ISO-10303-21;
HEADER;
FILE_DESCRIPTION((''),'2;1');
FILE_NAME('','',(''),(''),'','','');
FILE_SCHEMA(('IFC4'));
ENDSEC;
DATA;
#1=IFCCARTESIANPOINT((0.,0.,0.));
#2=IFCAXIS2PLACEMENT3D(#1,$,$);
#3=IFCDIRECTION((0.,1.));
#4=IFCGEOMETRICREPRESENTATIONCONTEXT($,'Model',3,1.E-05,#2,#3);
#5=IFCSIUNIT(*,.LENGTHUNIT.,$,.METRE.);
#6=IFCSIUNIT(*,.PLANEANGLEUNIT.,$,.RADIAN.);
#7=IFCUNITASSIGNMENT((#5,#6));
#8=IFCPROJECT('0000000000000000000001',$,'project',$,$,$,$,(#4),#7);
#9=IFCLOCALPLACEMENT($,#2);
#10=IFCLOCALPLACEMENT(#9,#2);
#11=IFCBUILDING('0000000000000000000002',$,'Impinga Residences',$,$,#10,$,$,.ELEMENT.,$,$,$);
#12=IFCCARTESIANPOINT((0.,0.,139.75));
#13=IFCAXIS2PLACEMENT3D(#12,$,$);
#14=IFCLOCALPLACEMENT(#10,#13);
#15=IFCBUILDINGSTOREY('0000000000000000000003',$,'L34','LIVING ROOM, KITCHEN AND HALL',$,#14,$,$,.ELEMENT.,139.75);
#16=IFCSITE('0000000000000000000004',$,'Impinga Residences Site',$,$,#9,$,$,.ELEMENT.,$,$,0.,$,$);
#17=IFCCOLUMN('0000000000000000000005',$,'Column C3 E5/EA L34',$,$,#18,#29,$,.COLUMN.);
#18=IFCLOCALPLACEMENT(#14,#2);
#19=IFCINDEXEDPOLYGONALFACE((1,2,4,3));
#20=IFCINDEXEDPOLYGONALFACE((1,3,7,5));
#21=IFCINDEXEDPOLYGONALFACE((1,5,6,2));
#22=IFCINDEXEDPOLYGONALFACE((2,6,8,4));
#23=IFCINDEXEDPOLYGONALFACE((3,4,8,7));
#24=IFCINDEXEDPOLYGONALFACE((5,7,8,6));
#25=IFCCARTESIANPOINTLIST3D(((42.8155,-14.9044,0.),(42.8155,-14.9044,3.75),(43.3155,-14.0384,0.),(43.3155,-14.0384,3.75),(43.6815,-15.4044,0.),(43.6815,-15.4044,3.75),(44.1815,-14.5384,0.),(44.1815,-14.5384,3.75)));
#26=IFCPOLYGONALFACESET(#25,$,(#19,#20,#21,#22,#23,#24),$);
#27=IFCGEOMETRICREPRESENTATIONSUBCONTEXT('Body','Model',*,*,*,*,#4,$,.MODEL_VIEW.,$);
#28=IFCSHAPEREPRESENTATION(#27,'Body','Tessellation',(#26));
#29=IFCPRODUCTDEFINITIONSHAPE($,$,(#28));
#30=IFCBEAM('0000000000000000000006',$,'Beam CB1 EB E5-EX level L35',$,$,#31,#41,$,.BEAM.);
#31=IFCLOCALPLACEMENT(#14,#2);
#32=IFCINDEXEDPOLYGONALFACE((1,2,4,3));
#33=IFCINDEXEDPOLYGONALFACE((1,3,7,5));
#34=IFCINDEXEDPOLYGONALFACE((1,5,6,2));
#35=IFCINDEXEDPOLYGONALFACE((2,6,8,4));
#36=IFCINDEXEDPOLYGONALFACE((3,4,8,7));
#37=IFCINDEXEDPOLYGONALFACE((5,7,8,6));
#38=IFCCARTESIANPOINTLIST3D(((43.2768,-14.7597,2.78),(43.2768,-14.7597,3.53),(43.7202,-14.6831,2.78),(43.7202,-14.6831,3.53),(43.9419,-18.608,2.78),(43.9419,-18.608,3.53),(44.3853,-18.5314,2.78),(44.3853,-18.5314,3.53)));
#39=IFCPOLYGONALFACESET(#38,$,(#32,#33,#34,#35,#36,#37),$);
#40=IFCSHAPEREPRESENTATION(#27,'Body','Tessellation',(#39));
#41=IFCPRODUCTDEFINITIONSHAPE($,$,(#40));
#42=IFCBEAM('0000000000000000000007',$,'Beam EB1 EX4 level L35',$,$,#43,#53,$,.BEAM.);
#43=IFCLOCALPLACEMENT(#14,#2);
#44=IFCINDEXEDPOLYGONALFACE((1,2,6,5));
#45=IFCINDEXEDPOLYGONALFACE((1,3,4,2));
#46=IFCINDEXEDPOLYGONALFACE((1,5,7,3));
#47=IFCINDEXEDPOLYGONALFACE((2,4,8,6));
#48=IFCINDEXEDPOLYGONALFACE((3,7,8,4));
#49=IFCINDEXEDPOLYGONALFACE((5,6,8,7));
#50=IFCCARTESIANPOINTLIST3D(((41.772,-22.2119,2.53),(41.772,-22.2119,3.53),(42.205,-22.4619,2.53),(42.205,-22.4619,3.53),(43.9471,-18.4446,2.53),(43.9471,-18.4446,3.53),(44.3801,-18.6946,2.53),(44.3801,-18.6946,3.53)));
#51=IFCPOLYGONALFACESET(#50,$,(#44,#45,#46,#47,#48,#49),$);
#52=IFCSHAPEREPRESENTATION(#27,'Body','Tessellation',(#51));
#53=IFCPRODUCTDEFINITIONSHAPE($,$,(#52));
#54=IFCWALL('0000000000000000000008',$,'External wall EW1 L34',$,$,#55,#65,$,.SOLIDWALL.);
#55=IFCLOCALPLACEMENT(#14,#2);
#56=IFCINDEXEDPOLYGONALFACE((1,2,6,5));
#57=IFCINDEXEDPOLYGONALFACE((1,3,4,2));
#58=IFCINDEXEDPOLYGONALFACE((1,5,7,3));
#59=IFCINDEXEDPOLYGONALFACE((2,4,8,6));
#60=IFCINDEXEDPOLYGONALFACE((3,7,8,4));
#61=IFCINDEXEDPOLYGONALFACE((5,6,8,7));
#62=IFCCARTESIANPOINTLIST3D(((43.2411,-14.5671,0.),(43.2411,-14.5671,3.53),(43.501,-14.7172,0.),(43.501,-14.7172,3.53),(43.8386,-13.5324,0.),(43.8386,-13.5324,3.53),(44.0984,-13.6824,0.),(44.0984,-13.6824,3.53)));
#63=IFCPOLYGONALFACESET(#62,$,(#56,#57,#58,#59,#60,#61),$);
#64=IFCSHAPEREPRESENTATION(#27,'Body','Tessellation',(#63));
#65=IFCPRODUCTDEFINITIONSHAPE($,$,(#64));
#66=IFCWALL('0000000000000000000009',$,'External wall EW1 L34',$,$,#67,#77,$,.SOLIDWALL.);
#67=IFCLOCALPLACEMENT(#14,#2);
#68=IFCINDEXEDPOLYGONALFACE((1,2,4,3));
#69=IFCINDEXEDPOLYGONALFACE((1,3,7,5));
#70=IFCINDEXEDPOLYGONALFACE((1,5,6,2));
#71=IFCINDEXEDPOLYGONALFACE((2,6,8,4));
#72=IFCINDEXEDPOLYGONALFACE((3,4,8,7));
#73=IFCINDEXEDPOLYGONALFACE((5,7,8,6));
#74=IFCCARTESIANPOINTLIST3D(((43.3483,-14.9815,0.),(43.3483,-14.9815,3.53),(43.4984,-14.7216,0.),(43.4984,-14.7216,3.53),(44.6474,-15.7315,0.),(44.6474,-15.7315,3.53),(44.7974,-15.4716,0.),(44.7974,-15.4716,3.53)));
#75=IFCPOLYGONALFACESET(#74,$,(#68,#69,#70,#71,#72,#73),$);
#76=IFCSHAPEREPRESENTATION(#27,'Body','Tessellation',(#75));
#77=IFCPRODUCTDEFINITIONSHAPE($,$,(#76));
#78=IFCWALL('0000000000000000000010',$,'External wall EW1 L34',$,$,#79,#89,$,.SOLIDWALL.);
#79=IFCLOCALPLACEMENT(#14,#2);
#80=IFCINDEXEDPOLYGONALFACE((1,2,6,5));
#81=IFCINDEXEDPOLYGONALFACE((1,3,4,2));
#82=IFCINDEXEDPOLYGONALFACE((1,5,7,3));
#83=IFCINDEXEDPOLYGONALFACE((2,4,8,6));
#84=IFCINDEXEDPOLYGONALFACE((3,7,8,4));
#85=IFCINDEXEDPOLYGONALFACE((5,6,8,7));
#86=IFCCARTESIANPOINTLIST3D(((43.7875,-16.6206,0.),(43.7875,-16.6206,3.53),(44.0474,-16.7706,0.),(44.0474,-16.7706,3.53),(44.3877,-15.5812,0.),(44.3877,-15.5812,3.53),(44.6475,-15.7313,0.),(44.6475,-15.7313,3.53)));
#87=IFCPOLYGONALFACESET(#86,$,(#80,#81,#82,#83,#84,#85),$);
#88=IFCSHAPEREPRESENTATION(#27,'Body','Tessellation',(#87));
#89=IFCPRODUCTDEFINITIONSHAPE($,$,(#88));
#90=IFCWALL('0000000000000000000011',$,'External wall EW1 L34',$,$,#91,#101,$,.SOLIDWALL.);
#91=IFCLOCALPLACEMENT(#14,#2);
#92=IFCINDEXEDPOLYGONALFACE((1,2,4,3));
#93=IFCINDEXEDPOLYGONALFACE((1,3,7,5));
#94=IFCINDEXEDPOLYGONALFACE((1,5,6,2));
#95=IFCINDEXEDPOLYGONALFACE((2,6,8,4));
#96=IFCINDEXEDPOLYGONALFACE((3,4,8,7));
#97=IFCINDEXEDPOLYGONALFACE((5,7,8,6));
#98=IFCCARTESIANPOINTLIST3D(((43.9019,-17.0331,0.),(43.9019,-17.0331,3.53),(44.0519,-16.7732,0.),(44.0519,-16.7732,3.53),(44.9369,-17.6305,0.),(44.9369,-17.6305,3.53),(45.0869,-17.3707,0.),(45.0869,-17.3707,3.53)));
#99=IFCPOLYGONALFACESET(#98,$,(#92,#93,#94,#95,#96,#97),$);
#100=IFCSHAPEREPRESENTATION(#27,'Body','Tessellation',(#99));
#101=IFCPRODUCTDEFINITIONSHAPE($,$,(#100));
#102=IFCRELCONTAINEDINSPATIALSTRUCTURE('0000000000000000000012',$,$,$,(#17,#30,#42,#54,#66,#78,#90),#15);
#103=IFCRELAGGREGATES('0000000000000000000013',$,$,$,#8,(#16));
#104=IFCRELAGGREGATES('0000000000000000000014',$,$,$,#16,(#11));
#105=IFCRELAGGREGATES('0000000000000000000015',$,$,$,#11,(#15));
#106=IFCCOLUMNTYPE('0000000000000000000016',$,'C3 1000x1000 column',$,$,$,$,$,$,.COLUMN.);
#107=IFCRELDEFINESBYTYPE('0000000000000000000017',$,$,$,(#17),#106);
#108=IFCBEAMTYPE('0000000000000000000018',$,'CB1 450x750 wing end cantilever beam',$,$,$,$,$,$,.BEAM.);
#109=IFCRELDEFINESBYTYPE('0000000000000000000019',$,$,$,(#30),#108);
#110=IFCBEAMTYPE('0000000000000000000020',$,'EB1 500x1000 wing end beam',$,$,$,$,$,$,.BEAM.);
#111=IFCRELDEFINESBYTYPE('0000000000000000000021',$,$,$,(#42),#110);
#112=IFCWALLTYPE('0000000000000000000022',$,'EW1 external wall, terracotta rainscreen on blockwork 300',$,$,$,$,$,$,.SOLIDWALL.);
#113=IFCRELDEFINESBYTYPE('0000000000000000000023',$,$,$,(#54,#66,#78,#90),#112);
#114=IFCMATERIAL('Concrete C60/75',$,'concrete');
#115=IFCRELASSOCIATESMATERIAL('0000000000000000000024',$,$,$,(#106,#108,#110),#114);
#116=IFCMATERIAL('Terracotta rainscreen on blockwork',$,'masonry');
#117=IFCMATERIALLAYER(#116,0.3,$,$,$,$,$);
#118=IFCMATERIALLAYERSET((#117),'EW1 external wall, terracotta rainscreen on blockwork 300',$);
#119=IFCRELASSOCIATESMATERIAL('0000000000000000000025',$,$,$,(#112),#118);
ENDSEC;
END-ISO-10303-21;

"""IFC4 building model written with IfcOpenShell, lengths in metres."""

from ifc_helpers import new_model, si_unit, direction, frame, frame_2d, origin, origin_2d, place, context, subcontext, project, spatial, rectangle, extrude, material, layer, layer_set, material_profile, profile_set, type_object, element, save


model = new_model("IFC4")

# Units and contexts
model_context = context("Model", 3, precision=1e-05, world=origin(), true_north=direction((0.0, 1.0)))
body_context = subcontext(model_context, "Body", "Model", "MODEL_VIEW")
ifc_project = project(units=[si_unit("LENGTHUNIT", "METRE"), si_unit("PLANEANGLEUNIT", "RADIAN")], contexts=[model_context])

# Site, building, storey
site_placement = place(None, origin())
site = spatial("IfcSite", under=ifc_project, at=site_placement, Name="Impinga Residences Site", CompositionType="ELEMENT", RefElevation=0.0)
building_placement = place(site_placement, origin())
building = spatial("IfcBuilding", under=site, at=building_placement, Name="Impinga Residences", CompositionType="ELEMENT")
storey_placement = place(building_placement, frame((0.0, 0.0, 139.75)))
storey = spatial("IfcBuildingStorey", under=building, at=storey_placement, Name="L34", Description="LIVING ROOM, KITCHEN AND HALL", CompositionType="ELEMENT", Elevation=139.75)

# Column
ifc_material_1 = material(Name="Concrete C60/75", Category="concrete")
ifc_material_profile_1 = material_profile(ifc_material_1, rectangle(XDim=1.0, YDim=1.0, at=origin_2d()), Name="RC 1000x1000")
ifc_profile_set_1 = profile_set([ifc_material_profile_1], Name="Concrete C60/75")
column_type = type_object("IfcColumnType", Name="C3 1000x1000 column", PredefinedType="COLUMN", material=ifc_profile_set_1)
column_placement = place(storey_placement, frame((43.4985, -14.7214, 0.0), z_axis=(0.0, 0.0, 1.0), x_axis=(-0.5, -0.866025, 0.0)))
element("IfcColumn", 1, at=column_placement, inside=storey, type_object=column_type, Name="Column C3 E5/EA L34", PredefinedType="COLUMN", context=body_context, shape_type="SweptSolid", body=[
    extrude(rectangle(XDim=1.0, YDim=1.0, at=origin_2d()), origin(), (0.0, 0.0, 1.0), 3.75),
])

# Beams
ifc_material_profile_2 = material_profile(ifc_material_1, rectangle(XDim=0.45, YDim=0.75, at=origin_2d()), Name="RC 450x750")
ifc_profile_set_2 = profile_set([ifc_material_profile_2], Name="Concrete C60/75")
beam_type_1 = type_object("IfcBeamType", Name="CB1 450x750 wing end cantilever beam", PredefinedType="BEAM", material=ifc_profile_set_2)
beam_1_placement = place(storey_placement, frame((43.4985, -14.7214, 3.155), z_axis=(0.170296, -0.985393, 0.0), x_axis=(0.985393, 0.170296, 0.0)))
element("IfcBeam", 2, at=beam_1_placement, inside=storey, type_object=beam_type_1, Name="Beam CB1 EB E5-EX level L35", PredefinedType="BEAM", context=body_context, shape_type="SweptSolid", body=[
    extrude(rectangle(XDim=0.45, YDim=0.75, at=origin_2d()), origin(), (0.0, 0.0, 1.0), 3.9053),
])
ifc_material_profile_3 = material_profile(ifc_material_1, rectangle(XDim=0.5, YDim=1.0, at=origin_2d()), Name="RC 500x1000")
ifc_profile_set_3 = profile_set([ifc_material_profile_3], Name="Concrete C60/75")
beam_type_2 = type_object("IfcBeamType", Name="EB1 500x1000 wing end beam", PredefinedType="BEAM", material=ifc_profile_set_3)
beam_2_placement = place(storey_placement, frame((44.1636, -18.5696, 3.03), z_axis=(-0.499996, -0.866028, 0.0), x_axis=(0.866028, -0.499996, 0.0)))
element("IfcBeam", 3, at=beam_2_placement, inside=storey, type_object=beam_type_2, Name="Beam EB1 EX4 level L35", PredefinedType="BEAM", context=body_context, shape_type="SweptSolid", body=[
    extrude(rectangle(XDim=0.5, YDim=1.0, at=origin_2d()), origin(), (0.0, 0.0, 1.0), 4.3501),
])

# Walls
ifc_material_2 = material(Name="Terracotta rainscreen on blockwork", Category="masonry")
ifc_layer_1 = layer(ifc_material_2, 0.3)
ifc_layer_set_1 = layer_set([ifc_layer_1], Name="EW1 external wall, terracotta rainscreen on blockwork 300")
wall_type_1 = type_object("IfcWallType", Name="EW1 external wall, terracotta rainscreen on blockwork 300", PredefinedType="SOLIDWALL", material=ifc_layer_set_1)
wall_1_placement = place(storey_placement, frame((43.9685, -13.6074, 0.0), z_axis=(0.0, 0.0, 1.0), x_axis=(-0.500029, -0.866009, 0.0)))
element("IfcWall", 4, at=wall_1_placement, inside=storey, type_object=wall_type_1, Name="External wall EW1 L34", PredefinedType="SOLIDWALL", context=body_context, shape_type="SweptSolid", body=[
    extrude(rectangle(XDim=1.1948, YDim=0.3, at=frame_2d((0.5974, 0.0))), origin(), (0.0, 0.0, 1.0), 3.53),
])
wall_2_placement = place(storey_placement, frame((43.4233, -14.8516, 0.0), z_axis=(0.0, 0.0, 1.0), x_axis=(0.866031, -0.49999, 0.0)))
element("IfcWall", 5, at=wall_2_placement, inside=storey, type_object=wall_type_1, Name="External wall EW1 L34", PredefinedType="SOLIDWALL", context=body_context, shape_type="SweptSolid", body=[
    extrude(rectangle(XDim=1.5, YDim=0.3, at=frame_2d((0.75, 0.0))), origin(), (0.0, 0.0, 1.0), 3.53),
])
wall_3_placement = place(storey_placement, frame((44.5176, -15.6562, 0.0), z_axis=(0.0, 0.0, 1.0), x_axis=(-0.500034, -0.866006, 0.0)))
element("IfcWall", 6, at=wall_3_placement, inside=storey, type_object=wall_type_1, Name="External wall EW1 L34", PredefinedType="SOLIDWALL", context=body_context, shape_type="SweptSolid", body=[
    extrude(rectangle(XDim=1.2002, YDim=0.3, at=frame_2d((0.6001, 0.0))), origin(), (0.0, 0.0, 1.0), 3.53),
])
wall_4_placement = place(storey_placement, frame((43.9768, -16.9031, 0.0), z_axis=(0.0, 0.0, 1.0), x_axis=(0.86606, -0.499941, 0.0)))
element("IfcWall", 7, at=wall_4_placement, inside=storey, type_object=wall_type_1, Name="External wall EW1 L34", PredefinedType="SOLIDWALL", context=body_context, shape_type="SweptSolid", body=[
    extrude(rectangle(XDim=1.1951, YDim=0.3, at=frame_2d((0.5977, 0.0))), origin(), (0.0, 0.0, 1.0), 3.53),
])

save(model, "model.ifc")
